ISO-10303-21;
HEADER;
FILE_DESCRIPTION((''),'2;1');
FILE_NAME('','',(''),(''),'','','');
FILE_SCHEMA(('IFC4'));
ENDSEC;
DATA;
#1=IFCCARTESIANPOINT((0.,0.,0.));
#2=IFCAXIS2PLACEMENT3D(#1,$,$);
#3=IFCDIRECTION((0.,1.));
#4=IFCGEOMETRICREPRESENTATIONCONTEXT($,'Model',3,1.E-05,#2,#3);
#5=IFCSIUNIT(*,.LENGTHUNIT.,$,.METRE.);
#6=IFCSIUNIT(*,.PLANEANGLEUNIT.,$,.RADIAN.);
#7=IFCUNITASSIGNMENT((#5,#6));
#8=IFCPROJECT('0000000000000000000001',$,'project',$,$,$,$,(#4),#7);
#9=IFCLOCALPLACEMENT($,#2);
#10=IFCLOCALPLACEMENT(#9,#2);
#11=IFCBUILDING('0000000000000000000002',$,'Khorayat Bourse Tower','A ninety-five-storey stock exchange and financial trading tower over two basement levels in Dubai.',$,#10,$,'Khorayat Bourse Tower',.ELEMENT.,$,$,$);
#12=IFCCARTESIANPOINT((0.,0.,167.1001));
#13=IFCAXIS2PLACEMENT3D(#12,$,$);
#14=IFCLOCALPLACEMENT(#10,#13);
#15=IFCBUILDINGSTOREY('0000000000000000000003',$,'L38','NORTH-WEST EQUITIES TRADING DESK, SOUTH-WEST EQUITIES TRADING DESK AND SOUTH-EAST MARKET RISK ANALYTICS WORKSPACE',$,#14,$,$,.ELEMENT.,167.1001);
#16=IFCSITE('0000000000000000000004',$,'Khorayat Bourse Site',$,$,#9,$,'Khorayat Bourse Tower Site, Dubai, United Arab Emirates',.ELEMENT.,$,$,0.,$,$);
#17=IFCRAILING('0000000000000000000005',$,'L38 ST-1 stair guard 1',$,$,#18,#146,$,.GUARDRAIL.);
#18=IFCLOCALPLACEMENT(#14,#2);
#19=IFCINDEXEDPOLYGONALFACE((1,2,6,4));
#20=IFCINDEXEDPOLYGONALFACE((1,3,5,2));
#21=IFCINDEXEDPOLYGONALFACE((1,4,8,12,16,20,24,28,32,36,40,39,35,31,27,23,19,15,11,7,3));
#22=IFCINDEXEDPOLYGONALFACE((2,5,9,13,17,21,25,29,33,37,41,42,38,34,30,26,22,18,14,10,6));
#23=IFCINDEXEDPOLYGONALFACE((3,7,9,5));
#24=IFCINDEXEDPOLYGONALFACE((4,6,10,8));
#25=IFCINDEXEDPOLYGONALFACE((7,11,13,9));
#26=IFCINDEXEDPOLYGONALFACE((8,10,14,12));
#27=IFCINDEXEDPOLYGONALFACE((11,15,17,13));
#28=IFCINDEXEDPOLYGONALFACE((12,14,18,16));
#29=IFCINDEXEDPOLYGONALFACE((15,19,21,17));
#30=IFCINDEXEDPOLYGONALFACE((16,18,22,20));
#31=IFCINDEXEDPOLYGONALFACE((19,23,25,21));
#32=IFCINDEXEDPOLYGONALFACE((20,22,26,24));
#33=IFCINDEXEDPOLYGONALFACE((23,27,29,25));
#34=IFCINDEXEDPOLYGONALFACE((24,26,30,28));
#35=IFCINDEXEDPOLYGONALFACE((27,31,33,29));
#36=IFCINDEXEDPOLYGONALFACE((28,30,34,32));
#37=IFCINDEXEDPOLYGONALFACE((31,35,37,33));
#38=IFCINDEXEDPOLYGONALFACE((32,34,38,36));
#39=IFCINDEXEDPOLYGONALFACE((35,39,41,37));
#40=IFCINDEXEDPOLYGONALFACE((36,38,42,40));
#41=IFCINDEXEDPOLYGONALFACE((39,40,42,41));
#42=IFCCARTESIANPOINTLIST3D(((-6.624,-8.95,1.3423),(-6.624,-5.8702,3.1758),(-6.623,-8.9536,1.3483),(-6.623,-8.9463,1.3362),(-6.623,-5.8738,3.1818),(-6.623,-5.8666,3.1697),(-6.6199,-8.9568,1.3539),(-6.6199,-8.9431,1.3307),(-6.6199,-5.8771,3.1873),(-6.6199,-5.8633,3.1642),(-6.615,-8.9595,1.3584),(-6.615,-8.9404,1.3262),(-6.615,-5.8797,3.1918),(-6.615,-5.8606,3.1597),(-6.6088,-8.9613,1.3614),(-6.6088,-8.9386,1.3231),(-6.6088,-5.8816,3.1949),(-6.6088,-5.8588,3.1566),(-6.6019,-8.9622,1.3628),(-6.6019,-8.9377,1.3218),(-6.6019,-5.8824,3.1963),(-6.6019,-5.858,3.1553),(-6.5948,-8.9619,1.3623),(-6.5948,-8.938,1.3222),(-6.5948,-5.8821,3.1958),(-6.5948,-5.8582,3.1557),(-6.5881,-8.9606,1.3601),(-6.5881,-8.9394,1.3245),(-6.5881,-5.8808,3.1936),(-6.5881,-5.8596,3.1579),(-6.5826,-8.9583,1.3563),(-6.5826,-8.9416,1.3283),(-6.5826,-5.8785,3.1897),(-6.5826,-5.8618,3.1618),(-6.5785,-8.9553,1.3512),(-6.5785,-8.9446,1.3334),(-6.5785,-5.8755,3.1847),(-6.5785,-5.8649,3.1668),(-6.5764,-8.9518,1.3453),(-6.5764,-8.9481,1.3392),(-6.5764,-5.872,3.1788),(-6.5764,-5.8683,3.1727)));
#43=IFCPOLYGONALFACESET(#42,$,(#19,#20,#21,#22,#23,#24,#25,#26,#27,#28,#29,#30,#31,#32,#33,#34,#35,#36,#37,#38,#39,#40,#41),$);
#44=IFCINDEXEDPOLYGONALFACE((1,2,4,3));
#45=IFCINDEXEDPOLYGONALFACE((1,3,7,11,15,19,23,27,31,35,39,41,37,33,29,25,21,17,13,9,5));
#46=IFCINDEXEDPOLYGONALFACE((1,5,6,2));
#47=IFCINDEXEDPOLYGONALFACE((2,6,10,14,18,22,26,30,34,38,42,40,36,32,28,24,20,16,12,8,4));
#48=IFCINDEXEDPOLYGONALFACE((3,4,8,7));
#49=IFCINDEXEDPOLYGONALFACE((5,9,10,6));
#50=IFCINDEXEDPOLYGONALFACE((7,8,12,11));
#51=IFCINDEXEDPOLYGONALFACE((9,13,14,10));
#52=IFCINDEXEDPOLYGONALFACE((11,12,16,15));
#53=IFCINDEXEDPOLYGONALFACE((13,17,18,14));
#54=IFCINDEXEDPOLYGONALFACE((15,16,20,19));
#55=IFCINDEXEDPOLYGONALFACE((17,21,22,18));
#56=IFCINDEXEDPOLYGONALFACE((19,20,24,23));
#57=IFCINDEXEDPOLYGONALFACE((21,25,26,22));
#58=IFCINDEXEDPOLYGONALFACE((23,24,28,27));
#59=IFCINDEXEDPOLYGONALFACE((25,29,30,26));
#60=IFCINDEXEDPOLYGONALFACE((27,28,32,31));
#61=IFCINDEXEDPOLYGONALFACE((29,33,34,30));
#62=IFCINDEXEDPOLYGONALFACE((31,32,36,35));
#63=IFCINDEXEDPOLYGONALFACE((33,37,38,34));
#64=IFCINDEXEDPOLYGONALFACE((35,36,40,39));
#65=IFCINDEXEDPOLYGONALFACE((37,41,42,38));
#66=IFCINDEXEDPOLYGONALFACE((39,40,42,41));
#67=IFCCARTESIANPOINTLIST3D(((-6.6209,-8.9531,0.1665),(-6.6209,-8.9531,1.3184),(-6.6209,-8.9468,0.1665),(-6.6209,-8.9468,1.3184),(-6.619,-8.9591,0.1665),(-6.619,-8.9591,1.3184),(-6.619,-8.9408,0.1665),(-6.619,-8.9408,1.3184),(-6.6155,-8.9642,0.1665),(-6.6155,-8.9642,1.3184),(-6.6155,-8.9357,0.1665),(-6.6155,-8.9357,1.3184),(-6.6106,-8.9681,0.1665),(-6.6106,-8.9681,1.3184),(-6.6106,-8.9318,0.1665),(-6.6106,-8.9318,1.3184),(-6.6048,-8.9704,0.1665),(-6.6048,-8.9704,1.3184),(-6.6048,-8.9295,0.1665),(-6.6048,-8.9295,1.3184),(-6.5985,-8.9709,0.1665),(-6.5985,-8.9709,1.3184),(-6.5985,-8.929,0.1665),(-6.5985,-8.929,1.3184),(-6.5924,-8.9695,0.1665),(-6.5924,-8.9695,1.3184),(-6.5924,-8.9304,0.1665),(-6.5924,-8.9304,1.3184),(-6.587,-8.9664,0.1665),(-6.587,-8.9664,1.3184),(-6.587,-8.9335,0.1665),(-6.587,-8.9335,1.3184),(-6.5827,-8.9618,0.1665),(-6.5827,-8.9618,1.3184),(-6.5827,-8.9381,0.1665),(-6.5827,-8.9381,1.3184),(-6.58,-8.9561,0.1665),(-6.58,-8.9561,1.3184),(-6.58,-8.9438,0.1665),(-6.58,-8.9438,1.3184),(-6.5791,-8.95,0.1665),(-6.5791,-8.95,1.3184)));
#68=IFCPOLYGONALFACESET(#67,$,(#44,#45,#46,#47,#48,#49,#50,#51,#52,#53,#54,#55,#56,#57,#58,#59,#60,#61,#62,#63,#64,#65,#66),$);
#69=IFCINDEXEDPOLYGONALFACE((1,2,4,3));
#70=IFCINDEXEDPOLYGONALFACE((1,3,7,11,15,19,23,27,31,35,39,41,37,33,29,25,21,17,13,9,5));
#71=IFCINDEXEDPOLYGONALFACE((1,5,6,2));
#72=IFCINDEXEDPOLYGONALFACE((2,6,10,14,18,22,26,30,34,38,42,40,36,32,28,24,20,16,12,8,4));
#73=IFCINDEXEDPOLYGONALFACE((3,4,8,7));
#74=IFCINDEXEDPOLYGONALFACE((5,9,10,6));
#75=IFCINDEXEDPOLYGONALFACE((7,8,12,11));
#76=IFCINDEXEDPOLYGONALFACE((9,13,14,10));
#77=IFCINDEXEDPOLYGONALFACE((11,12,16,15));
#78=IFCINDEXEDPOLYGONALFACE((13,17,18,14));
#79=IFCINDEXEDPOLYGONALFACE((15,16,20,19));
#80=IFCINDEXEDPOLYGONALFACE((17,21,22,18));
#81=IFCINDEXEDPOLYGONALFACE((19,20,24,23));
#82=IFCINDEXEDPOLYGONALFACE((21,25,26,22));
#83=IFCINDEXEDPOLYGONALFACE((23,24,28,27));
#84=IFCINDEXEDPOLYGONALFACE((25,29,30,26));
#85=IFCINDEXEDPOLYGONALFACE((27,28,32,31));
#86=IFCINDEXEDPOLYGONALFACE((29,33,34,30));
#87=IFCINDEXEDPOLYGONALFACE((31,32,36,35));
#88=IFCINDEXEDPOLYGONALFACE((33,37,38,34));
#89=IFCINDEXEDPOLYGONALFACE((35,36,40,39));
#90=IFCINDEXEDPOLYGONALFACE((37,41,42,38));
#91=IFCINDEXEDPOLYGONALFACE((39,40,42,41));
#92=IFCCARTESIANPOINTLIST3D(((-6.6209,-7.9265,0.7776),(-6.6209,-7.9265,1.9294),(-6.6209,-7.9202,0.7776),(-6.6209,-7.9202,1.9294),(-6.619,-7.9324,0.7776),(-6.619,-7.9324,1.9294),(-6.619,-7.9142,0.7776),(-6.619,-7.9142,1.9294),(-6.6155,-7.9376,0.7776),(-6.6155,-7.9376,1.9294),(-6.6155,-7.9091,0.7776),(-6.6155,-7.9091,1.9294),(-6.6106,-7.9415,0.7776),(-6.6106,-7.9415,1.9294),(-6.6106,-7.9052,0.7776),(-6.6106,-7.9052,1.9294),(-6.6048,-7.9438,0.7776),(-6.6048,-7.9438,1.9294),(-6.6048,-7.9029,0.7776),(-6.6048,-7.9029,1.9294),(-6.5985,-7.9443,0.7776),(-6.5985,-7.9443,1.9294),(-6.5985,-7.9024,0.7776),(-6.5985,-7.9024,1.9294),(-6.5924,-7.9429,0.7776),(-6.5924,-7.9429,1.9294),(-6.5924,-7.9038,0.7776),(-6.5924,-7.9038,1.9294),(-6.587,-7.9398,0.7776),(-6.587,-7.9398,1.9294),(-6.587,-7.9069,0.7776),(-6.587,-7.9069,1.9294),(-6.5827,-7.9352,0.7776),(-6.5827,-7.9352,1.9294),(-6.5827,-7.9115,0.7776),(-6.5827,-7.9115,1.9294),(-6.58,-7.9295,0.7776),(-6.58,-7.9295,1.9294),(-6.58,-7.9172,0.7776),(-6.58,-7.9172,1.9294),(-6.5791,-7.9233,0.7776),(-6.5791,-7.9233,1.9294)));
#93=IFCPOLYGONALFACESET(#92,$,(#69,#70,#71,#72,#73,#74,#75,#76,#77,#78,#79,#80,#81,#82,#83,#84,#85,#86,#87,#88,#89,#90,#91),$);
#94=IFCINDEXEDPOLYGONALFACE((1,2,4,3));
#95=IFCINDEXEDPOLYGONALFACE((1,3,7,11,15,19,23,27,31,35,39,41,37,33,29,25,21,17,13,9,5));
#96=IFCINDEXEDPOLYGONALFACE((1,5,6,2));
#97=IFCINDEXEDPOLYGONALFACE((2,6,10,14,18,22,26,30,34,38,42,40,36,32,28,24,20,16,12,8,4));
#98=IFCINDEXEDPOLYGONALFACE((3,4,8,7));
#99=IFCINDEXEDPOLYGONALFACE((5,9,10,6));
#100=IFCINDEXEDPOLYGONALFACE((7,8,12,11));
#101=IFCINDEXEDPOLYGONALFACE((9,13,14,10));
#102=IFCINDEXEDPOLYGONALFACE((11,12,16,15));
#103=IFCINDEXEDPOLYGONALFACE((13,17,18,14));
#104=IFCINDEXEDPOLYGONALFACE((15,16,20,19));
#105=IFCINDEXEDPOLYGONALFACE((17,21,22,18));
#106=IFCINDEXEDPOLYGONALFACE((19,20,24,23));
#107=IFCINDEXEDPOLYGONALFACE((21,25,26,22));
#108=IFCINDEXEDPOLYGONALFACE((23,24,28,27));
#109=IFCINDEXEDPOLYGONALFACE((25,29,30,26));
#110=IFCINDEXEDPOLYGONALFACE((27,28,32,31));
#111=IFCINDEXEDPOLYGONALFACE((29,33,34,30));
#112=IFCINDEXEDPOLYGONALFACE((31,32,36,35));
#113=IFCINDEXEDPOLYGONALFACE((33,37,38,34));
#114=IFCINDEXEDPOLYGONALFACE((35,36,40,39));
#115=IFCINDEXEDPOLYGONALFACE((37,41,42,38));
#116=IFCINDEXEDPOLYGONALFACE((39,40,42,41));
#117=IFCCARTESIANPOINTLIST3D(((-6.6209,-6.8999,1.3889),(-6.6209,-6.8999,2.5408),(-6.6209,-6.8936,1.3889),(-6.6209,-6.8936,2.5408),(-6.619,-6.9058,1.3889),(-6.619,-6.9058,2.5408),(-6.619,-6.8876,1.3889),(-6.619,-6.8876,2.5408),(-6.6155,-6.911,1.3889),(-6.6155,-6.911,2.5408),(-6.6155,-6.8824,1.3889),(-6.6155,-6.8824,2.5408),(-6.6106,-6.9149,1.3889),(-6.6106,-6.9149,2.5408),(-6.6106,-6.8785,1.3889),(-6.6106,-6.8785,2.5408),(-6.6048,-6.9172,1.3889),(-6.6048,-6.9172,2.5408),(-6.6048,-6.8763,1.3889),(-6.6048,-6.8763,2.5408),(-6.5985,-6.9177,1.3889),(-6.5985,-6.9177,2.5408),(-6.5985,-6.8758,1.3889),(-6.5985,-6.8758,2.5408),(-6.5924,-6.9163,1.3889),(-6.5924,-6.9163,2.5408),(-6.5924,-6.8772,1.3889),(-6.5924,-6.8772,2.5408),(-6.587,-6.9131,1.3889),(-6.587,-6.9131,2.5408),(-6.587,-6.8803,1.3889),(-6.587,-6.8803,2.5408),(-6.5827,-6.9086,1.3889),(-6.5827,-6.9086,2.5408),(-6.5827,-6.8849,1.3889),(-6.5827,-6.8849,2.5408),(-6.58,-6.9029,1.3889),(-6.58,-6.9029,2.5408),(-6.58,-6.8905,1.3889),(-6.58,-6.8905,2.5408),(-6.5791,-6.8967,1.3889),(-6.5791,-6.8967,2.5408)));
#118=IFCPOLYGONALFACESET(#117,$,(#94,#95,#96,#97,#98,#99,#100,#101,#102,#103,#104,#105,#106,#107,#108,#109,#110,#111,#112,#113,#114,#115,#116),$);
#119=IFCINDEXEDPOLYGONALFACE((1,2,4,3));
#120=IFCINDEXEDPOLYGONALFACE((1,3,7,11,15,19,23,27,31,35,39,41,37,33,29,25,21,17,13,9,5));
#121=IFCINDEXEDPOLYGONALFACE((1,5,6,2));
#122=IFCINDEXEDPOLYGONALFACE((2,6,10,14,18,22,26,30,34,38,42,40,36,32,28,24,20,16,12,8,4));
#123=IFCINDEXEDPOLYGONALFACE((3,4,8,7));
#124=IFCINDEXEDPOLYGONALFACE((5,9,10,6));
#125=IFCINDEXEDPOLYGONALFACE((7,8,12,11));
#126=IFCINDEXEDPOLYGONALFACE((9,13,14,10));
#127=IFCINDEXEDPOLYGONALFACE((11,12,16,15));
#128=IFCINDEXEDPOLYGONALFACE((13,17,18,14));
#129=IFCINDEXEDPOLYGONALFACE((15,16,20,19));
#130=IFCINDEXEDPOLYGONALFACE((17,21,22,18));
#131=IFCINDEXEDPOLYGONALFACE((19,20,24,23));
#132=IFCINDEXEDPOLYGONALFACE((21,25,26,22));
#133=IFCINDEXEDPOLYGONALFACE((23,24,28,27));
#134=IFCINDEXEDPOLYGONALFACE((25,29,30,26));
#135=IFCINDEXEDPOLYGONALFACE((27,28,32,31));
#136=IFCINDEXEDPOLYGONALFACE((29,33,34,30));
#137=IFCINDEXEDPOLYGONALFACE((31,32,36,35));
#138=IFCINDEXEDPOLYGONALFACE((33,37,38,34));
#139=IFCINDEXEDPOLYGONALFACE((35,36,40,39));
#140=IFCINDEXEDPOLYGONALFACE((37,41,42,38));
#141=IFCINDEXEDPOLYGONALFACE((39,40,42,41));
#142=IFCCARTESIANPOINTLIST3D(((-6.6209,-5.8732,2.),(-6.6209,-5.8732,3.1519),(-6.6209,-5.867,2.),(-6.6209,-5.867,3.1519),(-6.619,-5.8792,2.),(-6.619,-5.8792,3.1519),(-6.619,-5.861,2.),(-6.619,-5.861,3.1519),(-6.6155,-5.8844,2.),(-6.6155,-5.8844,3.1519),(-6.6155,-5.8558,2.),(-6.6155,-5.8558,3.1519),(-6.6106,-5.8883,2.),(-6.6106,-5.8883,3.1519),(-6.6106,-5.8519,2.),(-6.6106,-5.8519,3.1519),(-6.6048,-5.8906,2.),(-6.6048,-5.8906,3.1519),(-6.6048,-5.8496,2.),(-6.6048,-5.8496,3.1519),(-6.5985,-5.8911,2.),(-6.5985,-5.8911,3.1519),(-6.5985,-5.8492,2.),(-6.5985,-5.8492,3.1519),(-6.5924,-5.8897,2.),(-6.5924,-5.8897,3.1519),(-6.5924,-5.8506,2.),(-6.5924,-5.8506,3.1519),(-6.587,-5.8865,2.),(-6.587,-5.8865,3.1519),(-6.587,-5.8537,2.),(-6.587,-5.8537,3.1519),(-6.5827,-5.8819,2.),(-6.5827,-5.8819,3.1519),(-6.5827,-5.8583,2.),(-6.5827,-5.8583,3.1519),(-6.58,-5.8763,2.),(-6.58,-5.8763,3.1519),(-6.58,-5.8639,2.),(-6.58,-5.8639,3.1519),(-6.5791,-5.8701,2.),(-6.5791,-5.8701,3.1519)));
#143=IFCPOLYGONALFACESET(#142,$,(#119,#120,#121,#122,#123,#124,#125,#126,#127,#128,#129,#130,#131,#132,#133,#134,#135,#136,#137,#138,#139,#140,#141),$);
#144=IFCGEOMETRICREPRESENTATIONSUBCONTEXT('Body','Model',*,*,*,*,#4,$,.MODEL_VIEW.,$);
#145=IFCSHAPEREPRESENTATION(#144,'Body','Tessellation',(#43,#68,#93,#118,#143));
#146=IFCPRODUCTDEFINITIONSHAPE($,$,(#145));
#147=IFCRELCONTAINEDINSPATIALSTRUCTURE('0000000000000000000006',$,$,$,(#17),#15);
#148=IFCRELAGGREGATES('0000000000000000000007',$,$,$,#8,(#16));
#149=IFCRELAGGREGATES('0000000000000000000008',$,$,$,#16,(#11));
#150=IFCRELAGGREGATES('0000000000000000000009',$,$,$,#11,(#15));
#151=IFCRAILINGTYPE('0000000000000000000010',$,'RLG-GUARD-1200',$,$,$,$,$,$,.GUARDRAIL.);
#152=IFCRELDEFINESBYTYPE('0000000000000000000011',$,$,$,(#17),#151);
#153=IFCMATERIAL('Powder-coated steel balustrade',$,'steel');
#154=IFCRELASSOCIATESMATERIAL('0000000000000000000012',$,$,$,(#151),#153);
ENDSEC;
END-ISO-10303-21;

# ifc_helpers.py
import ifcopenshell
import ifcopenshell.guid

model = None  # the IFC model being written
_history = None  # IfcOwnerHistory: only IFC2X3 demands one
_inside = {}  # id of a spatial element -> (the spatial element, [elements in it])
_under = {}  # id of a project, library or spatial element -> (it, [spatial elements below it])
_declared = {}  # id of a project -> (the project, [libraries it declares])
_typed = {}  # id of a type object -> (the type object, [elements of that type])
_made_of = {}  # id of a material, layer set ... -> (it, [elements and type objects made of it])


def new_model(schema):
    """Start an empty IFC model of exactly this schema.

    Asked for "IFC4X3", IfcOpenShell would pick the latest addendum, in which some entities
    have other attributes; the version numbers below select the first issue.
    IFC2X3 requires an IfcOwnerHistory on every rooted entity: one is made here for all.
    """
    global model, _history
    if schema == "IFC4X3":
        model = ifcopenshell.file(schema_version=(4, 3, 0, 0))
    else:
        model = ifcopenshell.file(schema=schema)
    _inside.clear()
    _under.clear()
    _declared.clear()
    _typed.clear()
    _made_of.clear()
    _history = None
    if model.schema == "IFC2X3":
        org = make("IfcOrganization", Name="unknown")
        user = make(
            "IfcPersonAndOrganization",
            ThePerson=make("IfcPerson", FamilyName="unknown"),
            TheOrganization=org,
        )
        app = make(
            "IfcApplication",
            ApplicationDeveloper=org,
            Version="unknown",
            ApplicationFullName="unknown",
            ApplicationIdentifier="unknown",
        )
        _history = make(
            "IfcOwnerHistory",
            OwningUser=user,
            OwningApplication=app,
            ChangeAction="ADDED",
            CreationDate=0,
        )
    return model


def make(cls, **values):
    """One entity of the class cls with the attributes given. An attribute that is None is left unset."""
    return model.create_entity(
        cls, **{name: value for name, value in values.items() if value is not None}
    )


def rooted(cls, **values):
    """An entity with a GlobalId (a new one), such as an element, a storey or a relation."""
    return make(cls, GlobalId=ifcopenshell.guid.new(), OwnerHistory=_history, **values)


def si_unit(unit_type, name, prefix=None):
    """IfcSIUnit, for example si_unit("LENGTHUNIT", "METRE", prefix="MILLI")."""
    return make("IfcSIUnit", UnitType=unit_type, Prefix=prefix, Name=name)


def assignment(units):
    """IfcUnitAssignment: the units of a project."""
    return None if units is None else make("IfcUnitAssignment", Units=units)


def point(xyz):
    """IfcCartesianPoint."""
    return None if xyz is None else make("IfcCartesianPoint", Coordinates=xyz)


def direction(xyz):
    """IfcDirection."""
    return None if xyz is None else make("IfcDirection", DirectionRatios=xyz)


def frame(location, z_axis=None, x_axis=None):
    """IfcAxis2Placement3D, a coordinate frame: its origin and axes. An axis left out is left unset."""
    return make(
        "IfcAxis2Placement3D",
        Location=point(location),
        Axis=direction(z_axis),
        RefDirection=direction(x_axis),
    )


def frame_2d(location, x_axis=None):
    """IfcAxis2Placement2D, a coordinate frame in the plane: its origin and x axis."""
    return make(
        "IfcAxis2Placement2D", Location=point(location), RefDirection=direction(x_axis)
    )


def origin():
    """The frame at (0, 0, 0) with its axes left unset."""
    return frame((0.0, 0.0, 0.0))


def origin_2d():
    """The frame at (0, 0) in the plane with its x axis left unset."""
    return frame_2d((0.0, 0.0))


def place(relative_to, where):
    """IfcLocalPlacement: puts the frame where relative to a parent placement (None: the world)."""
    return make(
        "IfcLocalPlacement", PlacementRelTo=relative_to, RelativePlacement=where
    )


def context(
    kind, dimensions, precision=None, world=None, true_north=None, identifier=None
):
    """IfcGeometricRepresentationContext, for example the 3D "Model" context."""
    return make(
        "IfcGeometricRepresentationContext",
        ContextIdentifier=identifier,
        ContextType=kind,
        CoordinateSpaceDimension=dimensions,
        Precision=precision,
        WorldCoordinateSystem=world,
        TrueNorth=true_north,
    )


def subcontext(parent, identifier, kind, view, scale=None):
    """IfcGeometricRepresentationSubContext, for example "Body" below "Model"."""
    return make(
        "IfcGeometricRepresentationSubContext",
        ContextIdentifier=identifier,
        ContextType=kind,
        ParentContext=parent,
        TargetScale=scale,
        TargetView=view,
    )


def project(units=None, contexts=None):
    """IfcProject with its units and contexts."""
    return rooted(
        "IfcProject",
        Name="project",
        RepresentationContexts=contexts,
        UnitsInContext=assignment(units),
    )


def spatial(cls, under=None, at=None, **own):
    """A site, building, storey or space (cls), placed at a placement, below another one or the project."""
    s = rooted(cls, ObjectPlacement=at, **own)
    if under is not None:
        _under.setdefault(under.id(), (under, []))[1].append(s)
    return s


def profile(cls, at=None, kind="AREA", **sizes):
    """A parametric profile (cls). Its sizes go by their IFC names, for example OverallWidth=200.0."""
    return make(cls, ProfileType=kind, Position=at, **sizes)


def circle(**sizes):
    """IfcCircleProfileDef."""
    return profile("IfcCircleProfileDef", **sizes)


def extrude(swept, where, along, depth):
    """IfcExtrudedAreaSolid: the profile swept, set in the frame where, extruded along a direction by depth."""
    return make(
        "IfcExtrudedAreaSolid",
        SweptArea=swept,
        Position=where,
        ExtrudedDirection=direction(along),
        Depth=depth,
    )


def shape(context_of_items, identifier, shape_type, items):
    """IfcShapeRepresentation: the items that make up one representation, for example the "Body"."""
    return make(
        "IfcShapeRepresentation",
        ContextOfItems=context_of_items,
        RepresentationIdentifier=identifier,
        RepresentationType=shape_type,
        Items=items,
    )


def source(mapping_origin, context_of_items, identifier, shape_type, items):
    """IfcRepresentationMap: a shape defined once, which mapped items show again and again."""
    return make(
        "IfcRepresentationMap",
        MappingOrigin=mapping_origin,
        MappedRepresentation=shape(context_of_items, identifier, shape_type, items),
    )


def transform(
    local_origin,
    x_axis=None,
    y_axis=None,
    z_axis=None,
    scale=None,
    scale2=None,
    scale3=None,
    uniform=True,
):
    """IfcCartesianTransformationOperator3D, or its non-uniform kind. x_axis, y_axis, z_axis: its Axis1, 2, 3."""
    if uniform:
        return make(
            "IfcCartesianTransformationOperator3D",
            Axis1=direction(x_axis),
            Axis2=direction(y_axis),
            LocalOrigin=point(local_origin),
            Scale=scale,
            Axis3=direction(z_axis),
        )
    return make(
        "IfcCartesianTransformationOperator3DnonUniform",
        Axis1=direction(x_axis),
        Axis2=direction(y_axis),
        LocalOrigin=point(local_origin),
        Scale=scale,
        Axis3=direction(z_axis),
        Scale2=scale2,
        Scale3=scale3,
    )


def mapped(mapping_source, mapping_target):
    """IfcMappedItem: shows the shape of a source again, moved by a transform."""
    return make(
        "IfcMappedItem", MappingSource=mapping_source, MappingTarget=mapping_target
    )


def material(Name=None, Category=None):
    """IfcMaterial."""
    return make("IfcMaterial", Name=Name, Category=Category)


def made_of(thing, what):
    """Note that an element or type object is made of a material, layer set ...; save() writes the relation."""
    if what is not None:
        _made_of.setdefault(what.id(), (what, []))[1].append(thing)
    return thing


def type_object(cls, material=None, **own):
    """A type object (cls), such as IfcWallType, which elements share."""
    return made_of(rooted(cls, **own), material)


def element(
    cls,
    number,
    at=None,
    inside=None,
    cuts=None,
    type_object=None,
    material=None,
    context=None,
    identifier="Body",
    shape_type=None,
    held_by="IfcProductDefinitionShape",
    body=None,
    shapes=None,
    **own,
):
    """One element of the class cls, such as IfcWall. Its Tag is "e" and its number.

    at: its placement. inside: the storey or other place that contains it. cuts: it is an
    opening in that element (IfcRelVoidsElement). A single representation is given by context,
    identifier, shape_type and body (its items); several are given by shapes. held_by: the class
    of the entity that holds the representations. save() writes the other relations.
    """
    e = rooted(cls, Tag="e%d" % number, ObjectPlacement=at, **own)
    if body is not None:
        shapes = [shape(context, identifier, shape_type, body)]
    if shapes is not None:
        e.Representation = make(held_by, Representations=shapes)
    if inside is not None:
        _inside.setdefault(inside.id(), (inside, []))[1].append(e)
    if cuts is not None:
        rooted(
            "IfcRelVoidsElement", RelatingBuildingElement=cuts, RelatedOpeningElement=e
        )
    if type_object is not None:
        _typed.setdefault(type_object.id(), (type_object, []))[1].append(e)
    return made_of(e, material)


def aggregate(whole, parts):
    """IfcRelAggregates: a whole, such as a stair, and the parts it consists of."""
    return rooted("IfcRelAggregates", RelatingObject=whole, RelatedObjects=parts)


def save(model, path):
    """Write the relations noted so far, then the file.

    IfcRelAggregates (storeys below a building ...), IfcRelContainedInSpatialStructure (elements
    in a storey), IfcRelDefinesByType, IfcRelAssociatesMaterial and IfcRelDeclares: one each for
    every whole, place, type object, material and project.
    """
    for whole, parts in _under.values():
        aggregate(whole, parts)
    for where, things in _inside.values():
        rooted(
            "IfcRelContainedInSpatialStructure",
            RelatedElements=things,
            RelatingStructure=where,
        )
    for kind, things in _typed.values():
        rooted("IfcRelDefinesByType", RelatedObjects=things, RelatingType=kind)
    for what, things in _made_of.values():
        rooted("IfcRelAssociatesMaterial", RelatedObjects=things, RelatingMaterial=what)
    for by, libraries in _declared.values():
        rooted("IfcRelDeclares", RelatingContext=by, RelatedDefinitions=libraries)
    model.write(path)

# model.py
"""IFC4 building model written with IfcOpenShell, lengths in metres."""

from ifc_helpers import new_model, si_unit, direction, frame, origin, origin_2d, place, context, subcontext, project, spatial, circle, extrude, source, transform, mapped, material, type_object, element, save


model = new_model("IFC4")

# Units and contexts
model_context = context("Model", 3, precision=1e-05, world=origin(), true_north=direction((0.0, 1.0)))
body_context = subcontext(model_context, "Body", "Model", "MODEL_VIEW")
ifc_project = project(units=[si_unit("LENGTHUNIT", "METRE"), si_unit("PLANEANGLEUNIT", "RADIAN")], contexts=[model_context])

# Site, building, storey
site_placement = place(None, origin())
site = spatial("IfcSite", under=ifc_project, at=site_placement, Name="Khorayat Bourse Site", LongName="Khorayat Bourse Tower Site, Dubai, United Arab Emirates", CompositionType="ELEMENT", RefElevation=0.0)
building_placement = place(site_placement, origin())
building = spatial("IfcBuilding", under=site, at=building_placement, Name="Khorayat Bourse Tower", Description="A ninety-five-storey stock exchange and financial trading tower over two basement levels in Dubai.", LongName="Khorayat Bourse Tower", CompositionType="ELEMENT")
storey_placement = place(building_placement, frame((0.0, 0.0, 167.1001)))
storey = spatial("IfcBuildingStorey", under=building, at=storey_placement, Name="L38", Description="NORTH-WEST EQUITIES TRADING DESK, SOUTH-WEST EQUITIES TRADING DESK AND SOUTH-EAST MARKET RISK ANALYTICS WORKSPACE", CompositionType="ELEMENT", Elevation=167.1001)

# Railing
ifc_material_1 = material(Name="Powder-coated steel balustrade", Category="steel")
railing_type_1 = type_object("IfcRailingType", Name="RLG-GUARD-1200", PredefinedType="GUARDRAIL", material=ifc_material_1)
shared_shape_1 = source(origin(), body_context, "Body", "SweptSolid", [
    extrude(circle(Radius=0.0239, at=origin_2d()), frame((0.0, 0.0, 1.1758), z_axis=(0.0, 0.859261, 0.511538), x_axis=(-1.0, 0.0, 0.0)), (0.0, 0.0, 1.0), 3.5842),
    extrude(circle(Radius=0.021, at=origin_2d()), origin(), (0.0, 0.0, 1.0), 1.1519),
    extrude(circle(Radius=0.021, at=origin_2d()), frame((0.0, 1.0266, 0.6111)), (0.0, 0.0, 1.0), 1.1519),
    extrude(circle(Radius=0.021, at=origin_2d()), frame((0.0, 2.0532, 1.2224)), (0.0, 0.0, 1.0), 1.1519),
    extrude(circle(Radius=0.021, at=origin_2d()), frame((0.0, 3.0798, 1.8335)), (0.0, 0.0, 1.0), 1.1519),
])
railing_1_placement = place(storey_placement, frame((-6.6001, -8.95, 0.1665)))
element("IfcRailing", 1, at=railing_1_placement, inside=storey, type_object=railing_type_1, Name="L38 ST-1 stair guard 1", PredefinedType="GUARDRAIL", context=body_context, shape_type="MappedRepresentation", body=[
    mapped(shared_shape_1, transform((0.0, 0.0, 0.0), scale=1.0)),
])

save(model, "model.ifc")
